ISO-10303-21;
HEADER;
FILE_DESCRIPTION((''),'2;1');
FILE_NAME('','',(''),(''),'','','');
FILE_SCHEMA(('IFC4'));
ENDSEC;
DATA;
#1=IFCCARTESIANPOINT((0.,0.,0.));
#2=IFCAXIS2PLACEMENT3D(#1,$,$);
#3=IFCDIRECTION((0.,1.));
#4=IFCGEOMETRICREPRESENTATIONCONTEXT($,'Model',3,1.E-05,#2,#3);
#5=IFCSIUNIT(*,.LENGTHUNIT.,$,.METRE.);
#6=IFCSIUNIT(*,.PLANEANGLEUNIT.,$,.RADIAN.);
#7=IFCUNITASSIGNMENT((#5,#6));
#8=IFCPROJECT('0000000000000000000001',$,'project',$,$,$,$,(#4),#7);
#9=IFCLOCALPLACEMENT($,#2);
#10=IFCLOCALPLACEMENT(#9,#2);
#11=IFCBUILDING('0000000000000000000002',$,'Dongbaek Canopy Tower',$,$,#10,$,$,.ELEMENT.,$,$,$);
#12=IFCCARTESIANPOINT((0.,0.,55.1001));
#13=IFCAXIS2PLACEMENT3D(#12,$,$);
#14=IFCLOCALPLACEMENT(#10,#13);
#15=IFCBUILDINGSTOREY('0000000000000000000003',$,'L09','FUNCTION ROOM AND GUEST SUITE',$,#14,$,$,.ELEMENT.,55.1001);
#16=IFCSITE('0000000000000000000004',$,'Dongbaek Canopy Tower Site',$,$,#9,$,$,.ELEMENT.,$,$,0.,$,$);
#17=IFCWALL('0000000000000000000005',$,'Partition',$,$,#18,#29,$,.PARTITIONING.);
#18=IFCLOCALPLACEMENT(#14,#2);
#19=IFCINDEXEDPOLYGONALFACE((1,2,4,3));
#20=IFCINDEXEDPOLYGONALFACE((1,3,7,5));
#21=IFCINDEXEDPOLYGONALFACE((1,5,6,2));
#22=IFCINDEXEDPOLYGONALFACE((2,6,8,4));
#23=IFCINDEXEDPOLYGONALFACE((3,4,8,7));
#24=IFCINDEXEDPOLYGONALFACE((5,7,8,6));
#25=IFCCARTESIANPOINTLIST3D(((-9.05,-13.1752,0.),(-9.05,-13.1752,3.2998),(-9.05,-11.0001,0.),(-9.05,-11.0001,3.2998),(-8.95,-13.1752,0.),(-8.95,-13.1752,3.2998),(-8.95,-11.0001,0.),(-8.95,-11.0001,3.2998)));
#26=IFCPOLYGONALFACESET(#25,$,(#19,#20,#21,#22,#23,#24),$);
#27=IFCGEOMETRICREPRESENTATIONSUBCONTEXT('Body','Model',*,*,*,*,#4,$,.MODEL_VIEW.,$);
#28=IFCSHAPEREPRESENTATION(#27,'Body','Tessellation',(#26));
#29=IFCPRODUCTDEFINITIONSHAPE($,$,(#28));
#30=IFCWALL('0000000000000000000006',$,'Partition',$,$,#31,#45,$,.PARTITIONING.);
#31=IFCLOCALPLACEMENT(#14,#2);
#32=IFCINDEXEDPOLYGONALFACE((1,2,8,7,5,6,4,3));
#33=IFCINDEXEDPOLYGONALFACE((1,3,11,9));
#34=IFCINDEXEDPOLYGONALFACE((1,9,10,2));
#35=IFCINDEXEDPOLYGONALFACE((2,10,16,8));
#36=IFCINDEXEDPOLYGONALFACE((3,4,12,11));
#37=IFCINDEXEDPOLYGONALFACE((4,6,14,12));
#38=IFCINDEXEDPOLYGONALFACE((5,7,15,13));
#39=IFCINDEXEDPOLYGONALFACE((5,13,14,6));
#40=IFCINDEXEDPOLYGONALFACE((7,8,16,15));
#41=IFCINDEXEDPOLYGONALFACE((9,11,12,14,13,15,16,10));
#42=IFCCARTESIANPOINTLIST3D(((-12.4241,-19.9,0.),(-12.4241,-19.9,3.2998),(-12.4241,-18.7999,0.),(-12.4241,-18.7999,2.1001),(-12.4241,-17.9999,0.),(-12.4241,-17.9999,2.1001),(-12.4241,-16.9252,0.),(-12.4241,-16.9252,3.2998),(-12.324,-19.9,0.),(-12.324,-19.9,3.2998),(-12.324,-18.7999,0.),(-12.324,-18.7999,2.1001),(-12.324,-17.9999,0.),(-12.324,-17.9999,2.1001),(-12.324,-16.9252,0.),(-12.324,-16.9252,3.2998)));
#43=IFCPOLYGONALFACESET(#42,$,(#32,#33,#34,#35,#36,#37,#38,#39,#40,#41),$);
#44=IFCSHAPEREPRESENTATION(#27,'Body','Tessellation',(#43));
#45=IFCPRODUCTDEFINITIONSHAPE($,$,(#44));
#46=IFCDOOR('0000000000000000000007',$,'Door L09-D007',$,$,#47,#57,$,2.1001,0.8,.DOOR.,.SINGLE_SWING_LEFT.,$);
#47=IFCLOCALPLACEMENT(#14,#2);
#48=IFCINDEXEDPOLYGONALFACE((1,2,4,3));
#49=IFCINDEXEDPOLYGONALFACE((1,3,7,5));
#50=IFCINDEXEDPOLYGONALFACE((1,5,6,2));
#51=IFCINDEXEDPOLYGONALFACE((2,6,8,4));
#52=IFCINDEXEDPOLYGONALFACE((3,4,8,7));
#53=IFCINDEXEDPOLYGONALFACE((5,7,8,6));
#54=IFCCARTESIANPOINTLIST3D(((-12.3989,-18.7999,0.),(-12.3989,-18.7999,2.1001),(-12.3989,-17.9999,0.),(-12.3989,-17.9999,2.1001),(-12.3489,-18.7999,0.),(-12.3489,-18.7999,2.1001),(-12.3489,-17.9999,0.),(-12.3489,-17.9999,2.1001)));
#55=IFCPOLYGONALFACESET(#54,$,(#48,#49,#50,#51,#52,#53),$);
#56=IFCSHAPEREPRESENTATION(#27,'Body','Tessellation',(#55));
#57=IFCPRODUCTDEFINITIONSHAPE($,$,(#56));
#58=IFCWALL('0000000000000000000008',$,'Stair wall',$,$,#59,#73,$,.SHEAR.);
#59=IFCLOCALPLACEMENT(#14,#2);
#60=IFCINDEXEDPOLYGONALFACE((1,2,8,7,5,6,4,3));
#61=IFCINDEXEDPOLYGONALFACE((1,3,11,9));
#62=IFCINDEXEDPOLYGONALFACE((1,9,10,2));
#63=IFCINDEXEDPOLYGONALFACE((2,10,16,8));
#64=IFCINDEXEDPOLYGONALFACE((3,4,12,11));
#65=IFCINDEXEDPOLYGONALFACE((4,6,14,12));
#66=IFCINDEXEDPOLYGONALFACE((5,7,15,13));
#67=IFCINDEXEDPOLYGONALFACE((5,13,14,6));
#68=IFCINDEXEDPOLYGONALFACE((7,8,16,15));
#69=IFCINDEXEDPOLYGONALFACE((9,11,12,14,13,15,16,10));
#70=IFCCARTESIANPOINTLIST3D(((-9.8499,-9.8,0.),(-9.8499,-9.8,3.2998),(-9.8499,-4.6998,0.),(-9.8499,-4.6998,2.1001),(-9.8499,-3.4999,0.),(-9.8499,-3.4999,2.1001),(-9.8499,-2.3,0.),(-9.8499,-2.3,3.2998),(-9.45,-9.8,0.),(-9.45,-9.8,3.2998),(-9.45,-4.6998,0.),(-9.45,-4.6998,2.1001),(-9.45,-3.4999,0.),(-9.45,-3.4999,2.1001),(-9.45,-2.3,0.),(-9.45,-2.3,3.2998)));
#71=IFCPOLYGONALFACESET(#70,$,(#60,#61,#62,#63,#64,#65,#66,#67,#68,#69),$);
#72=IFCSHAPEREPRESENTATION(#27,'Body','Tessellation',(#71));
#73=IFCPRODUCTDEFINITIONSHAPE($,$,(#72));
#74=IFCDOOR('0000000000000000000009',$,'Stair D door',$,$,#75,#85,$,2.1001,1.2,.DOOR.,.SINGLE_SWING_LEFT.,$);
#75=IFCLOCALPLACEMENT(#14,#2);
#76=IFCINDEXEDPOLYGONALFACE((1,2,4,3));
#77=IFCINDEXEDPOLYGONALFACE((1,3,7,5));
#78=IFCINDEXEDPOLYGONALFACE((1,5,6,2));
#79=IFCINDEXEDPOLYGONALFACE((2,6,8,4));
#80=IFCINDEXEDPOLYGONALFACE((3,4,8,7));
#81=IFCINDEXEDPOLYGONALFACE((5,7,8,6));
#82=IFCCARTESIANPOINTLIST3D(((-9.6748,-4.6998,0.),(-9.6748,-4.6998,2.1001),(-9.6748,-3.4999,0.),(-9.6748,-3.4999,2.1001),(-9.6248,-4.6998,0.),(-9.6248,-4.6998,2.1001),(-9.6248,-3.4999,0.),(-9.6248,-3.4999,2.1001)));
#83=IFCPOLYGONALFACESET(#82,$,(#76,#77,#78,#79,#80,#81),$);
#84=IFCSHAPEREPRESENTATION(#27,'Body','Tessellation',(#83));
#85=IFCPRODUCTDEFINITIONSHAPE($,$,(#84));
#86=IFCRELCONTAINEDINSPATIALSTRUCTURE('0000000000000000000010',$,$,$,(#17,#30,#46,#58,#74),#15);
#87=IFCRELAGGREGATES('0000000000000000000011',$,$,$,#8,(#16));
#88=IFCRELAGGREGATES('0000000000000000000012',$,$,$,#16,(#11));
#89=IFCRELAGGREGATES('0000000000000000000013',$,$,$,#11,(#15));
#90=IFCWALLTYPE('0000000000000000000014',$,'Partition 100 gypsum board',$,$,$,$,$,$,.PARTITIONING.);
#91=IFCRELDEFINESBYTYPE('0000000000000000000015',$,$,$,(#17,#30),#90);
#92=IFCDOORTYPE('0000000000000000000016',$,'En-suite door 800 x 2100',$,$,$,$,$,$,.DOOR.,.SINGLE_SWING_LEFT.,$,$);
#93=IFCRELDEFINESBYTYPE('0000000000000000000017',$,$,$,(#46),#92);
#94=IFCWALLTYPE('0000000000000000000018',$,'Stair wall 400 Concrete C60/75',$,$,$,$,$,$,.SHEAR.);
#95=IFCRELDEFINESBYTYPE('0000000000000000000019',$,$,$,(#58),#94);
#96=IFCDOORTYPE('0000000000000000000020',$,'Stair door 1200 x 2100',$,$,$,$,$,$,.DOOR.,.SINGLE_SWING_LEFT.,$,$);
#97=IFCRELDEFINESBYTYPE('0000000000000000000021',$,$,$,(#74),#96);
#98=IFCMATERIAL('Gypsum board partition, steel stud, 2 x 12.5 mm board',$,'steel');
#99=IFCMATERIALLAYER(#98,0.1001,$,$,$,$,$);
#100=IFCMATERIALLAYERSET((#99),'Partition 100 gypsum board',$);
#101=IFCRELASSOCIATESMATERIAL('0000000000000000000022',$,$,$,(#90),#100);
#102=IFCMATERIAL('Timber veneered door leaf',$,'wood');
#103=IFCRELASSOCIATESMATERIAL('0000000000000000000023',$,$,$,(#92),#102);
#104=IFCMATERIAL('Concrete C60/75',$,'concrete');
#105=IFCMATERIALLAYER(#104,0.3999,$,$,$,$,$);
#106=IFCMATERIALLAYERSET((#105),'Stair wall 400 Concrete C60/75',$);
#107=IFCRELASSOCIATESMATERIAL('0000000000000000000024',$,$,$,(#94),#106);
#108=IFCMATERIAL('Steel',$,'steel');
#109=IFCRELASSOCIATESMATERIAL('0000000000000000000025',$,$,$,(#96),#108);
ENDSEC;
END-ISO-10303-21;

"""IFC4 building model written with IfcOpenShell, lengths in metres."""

from ifc_helpers import new_model, si_unit, direction, frame, frame_2d, origin, place, context, subcontext, project, spatial, rectangle, extrude, material, layer, layer_set, type_object, element, fill, save


model = new_model("IFC4")

# Units and contexts
model_context = context("Model", 3, precision=1e-05, world=origin(), true_north=direction((0.0, 1.0)))
body_context = subcontext(model_context, "Body", "Model", "MODEL_VIEW")
ifc_project = project(units=[si_unit("LENGTHUNIT", "METRE"), si_unit("PLANEANGLEUNIT", "RADIAN")], contexts=[model_context])

# Site, building, storey
site_placement = place(None, origin())
site = spatial("IfcSite", under=ifc_project, at=site_placement, Name="Dongbaek Canopy Tower Site", CompositionType="ELEMENT", RefElevation=0.0)
building_placement = place(site_placement, origin())
building = spatial("IfcBuilding", under=site, at=building_placement, Name="Dongbaek Canopy Tower", CompositionType="ELEMENT")
storey_placement = place(building_placement, frame((0.0, 0.0, 55.1001)))
storey = spatial("IfcBuildingStorey", under=building, at=storey_placement, Name="L09", Description="FUNCTION ROOM AND GUEST SUITE", CompositionType="ELEMENT", Elevation=55.1001)

# Wall
ifc_material_1 = material(Name="Gypsum board partition, steel stud, 2 x 12.5 mm board", Category="steel")
ifc_layer_1 = layer(ifc_material_1, 0.1001)
ifc_layer_set_1 = layer_set([ifc_layer_1], Name="Partition 100 gypsum board")
wall_type_1 = type_object("IfcWallType", Name="Partition 100 gypsum board", PredefinedType="PARTITIONING", material=ifc_layer_set_1)
wall_1_placement = place(storey_placement, frame((-9.0, -13.175, 0.0), z_axis=(0.0, 0.0, 1.0), x_axis=(0.0, 1.0, 0.0)))
element("IfcWall", 1, at=wall_1_placement, inside=storey, type_object=wall_type_1, Name="Partition", PredefinedType="PARTITIONING", context=body_context, shape_type="SweptSolid", body=[
    extrude(rectangle(XDim=2.175, YDim=0.1001, at=frame_2d((1.0874, 0.0))), origin(), (0.0, 0.0, 1.0), 3.2998),
])

# Walls, openings, doors
wall_2_placement = place(storey_placement, frame((-12.374, -19.8999, 0.0), z_axis=(0.0, 0.0, 1.0), x_axis=(0.0, 1.0, 0.0)))
wall_2 = element("IfcWall", 2, at=wall_2_placement, inside=storey, type_object=wall_type_1, Name="Partition", PredefinedType="PARTITIONING", context=body_context, shape_type="SweptSolid", body=[
    extrude(rectangle(XDim=2.9749, YDim=0.1001, at=frame_2d((1.4873, 0.0))), origin(), (0.0, 0.0, 1.0), 3.2998),
])
opening_1_placement = place(wall_2_placement, frame((1.1001, 0.0, 0.0)))
opening_1 = element("IfcOpeningElement", 3, at=opening_1_placement, cuts=wall_2, PredefinedType="OPENING", context=body_context, shape_type="SweptSolid", body=[
    extrude(rectangle(XDim=0.8, YDim=2.1001, at=frame_2d((0.3999, 1.05))), frame((0.0, 0.0601, 0.0), z_axis=(0.0, -1.0, 0.0), x_axis=(1.0, 0.0, 0.0)), (0.0, 0.0, 1.0), 0.1201),
])
ifc_material_2 = material(Name="Timber veneered door leaf", Category="wood")
door_type_1 = type_object("IfcDoorType", Name="En-suite door 800 x 2100", OperationType="SINGLE_SWING_LEFT", PredefinedType="DOOR", material=ifc_material_2)
door_1_placement = place(opening_1_placement, origin())
door_1 = element("IfcDoor", 4, at=door_1_placement, inside=storey, type_object=door_type_1, Name="Door L09-D007", OperationType="SINGLE_SWING_LEFT", OverallHeight=2.1001, OverallWidth=0.8, PredefinedType="DOOR", context=body_context, shape_type="SweptSolid", body=[
    extrude(rectangle(XDim=0.8, YDim=2.1001, at=frame_2d((0.3999, 1.05))), frame((0.0, 0.0249, 0.0), z_axis=(0.0, -1.0, 0.0), x_axis=(1.0, 0.0, 0.0)), (0.0, 0.0, 1.0), 0.05),
])
fill(opening_1, door_1)
ifc_material_3 = material(Name="Concrete C60/75", Category="concrete")
ifc_layer_2 = layer(ifc_material_3, 0.3999)
ifc_layer_set_2 = layer_set([ifc_layer_2], Name="Stair wall 400 Concrete C60/75")
wall_type_2 = type_object("IfcWallType", Name="Stair wall 400 Concrete C60/75", PredefinedType="SHEAR", material=ifc_layer_set_2)
wall_3_placement = place(storey_placement, frame((-9.6499, -9.8, 0.0), z_axis=(0.0, 0.0, 1.0), x_axis=(0.0, 1.0, 0.0)))
wall_3 = element("IfcWall", 5, at=wall_3_placement, inside=storey, type_object=wall_type_2, Name="Stair wall", PredefinedType="SHEAR", context=body_context, shape_type="SweptSolid", body=[
    extrude(rectangle(XDim=7.5, YDim=0.3999, at=frame_2d((3.75, 0.0))), origin(), (0.0, 0.0, 1.0), 3.2998),
])
opening_2_placement = place(wall_3_placement, frame((5.1001, 0.0, 0.0)))
opening_2 = element("IfcOpeningElement", 6, at=opening_2_placement, cuts=wall_3, PredefinedType="OPENING", context=body_context, shape_type="SweptSolid", body=[
    extrude(rectangle(XDim=1.2, YDim=2.1001, at=frame_2d((0.6001, 1.05))), frame((0.0, 0.21, 0.0), z_axis=(0.0, -1.0, 0.0), x_axis=(1.0, 0.0, 0.0)), (0.0, 0.0, 1.0), 0.4199),
])
ifc_material_4 = material(Name="Steel", Category="steel")
door_type_2 = type_object("IfcDoorType", Name="Stair door 1200 x 2100", OperationType="SINGLE_SWING_LEFT", PredefinedType="DOOR", material=ifc_material_4)
door_2_placement = place(opening_2_placement, origin())
door_2 = element("IfcDoor", 7, at=door_2_placement, inside=storey, type_object=door_type_2, Name="Stair D door", OperationType="SINGLE_SWING_LEFT", OverallHeight=2.1001, OverallWidth=1.2, PredefinedType="DOOR", context=body_context, shape_type="SweptSolid", body=[
    extrude(rectangle(XDim=1.2, YDim=2.1001, at=frame_2d((0.6001, 1.05))), frame((0.0, 0.0249, 0.0), z_axis=(0.0, -1.0, 0.0), x_axis=(1.0, 0.0, 0.0)), (0.0, 0.0, 1.0), 0.05),
])
fill(opening_2, door_2)

save(model, "model.ifc")
